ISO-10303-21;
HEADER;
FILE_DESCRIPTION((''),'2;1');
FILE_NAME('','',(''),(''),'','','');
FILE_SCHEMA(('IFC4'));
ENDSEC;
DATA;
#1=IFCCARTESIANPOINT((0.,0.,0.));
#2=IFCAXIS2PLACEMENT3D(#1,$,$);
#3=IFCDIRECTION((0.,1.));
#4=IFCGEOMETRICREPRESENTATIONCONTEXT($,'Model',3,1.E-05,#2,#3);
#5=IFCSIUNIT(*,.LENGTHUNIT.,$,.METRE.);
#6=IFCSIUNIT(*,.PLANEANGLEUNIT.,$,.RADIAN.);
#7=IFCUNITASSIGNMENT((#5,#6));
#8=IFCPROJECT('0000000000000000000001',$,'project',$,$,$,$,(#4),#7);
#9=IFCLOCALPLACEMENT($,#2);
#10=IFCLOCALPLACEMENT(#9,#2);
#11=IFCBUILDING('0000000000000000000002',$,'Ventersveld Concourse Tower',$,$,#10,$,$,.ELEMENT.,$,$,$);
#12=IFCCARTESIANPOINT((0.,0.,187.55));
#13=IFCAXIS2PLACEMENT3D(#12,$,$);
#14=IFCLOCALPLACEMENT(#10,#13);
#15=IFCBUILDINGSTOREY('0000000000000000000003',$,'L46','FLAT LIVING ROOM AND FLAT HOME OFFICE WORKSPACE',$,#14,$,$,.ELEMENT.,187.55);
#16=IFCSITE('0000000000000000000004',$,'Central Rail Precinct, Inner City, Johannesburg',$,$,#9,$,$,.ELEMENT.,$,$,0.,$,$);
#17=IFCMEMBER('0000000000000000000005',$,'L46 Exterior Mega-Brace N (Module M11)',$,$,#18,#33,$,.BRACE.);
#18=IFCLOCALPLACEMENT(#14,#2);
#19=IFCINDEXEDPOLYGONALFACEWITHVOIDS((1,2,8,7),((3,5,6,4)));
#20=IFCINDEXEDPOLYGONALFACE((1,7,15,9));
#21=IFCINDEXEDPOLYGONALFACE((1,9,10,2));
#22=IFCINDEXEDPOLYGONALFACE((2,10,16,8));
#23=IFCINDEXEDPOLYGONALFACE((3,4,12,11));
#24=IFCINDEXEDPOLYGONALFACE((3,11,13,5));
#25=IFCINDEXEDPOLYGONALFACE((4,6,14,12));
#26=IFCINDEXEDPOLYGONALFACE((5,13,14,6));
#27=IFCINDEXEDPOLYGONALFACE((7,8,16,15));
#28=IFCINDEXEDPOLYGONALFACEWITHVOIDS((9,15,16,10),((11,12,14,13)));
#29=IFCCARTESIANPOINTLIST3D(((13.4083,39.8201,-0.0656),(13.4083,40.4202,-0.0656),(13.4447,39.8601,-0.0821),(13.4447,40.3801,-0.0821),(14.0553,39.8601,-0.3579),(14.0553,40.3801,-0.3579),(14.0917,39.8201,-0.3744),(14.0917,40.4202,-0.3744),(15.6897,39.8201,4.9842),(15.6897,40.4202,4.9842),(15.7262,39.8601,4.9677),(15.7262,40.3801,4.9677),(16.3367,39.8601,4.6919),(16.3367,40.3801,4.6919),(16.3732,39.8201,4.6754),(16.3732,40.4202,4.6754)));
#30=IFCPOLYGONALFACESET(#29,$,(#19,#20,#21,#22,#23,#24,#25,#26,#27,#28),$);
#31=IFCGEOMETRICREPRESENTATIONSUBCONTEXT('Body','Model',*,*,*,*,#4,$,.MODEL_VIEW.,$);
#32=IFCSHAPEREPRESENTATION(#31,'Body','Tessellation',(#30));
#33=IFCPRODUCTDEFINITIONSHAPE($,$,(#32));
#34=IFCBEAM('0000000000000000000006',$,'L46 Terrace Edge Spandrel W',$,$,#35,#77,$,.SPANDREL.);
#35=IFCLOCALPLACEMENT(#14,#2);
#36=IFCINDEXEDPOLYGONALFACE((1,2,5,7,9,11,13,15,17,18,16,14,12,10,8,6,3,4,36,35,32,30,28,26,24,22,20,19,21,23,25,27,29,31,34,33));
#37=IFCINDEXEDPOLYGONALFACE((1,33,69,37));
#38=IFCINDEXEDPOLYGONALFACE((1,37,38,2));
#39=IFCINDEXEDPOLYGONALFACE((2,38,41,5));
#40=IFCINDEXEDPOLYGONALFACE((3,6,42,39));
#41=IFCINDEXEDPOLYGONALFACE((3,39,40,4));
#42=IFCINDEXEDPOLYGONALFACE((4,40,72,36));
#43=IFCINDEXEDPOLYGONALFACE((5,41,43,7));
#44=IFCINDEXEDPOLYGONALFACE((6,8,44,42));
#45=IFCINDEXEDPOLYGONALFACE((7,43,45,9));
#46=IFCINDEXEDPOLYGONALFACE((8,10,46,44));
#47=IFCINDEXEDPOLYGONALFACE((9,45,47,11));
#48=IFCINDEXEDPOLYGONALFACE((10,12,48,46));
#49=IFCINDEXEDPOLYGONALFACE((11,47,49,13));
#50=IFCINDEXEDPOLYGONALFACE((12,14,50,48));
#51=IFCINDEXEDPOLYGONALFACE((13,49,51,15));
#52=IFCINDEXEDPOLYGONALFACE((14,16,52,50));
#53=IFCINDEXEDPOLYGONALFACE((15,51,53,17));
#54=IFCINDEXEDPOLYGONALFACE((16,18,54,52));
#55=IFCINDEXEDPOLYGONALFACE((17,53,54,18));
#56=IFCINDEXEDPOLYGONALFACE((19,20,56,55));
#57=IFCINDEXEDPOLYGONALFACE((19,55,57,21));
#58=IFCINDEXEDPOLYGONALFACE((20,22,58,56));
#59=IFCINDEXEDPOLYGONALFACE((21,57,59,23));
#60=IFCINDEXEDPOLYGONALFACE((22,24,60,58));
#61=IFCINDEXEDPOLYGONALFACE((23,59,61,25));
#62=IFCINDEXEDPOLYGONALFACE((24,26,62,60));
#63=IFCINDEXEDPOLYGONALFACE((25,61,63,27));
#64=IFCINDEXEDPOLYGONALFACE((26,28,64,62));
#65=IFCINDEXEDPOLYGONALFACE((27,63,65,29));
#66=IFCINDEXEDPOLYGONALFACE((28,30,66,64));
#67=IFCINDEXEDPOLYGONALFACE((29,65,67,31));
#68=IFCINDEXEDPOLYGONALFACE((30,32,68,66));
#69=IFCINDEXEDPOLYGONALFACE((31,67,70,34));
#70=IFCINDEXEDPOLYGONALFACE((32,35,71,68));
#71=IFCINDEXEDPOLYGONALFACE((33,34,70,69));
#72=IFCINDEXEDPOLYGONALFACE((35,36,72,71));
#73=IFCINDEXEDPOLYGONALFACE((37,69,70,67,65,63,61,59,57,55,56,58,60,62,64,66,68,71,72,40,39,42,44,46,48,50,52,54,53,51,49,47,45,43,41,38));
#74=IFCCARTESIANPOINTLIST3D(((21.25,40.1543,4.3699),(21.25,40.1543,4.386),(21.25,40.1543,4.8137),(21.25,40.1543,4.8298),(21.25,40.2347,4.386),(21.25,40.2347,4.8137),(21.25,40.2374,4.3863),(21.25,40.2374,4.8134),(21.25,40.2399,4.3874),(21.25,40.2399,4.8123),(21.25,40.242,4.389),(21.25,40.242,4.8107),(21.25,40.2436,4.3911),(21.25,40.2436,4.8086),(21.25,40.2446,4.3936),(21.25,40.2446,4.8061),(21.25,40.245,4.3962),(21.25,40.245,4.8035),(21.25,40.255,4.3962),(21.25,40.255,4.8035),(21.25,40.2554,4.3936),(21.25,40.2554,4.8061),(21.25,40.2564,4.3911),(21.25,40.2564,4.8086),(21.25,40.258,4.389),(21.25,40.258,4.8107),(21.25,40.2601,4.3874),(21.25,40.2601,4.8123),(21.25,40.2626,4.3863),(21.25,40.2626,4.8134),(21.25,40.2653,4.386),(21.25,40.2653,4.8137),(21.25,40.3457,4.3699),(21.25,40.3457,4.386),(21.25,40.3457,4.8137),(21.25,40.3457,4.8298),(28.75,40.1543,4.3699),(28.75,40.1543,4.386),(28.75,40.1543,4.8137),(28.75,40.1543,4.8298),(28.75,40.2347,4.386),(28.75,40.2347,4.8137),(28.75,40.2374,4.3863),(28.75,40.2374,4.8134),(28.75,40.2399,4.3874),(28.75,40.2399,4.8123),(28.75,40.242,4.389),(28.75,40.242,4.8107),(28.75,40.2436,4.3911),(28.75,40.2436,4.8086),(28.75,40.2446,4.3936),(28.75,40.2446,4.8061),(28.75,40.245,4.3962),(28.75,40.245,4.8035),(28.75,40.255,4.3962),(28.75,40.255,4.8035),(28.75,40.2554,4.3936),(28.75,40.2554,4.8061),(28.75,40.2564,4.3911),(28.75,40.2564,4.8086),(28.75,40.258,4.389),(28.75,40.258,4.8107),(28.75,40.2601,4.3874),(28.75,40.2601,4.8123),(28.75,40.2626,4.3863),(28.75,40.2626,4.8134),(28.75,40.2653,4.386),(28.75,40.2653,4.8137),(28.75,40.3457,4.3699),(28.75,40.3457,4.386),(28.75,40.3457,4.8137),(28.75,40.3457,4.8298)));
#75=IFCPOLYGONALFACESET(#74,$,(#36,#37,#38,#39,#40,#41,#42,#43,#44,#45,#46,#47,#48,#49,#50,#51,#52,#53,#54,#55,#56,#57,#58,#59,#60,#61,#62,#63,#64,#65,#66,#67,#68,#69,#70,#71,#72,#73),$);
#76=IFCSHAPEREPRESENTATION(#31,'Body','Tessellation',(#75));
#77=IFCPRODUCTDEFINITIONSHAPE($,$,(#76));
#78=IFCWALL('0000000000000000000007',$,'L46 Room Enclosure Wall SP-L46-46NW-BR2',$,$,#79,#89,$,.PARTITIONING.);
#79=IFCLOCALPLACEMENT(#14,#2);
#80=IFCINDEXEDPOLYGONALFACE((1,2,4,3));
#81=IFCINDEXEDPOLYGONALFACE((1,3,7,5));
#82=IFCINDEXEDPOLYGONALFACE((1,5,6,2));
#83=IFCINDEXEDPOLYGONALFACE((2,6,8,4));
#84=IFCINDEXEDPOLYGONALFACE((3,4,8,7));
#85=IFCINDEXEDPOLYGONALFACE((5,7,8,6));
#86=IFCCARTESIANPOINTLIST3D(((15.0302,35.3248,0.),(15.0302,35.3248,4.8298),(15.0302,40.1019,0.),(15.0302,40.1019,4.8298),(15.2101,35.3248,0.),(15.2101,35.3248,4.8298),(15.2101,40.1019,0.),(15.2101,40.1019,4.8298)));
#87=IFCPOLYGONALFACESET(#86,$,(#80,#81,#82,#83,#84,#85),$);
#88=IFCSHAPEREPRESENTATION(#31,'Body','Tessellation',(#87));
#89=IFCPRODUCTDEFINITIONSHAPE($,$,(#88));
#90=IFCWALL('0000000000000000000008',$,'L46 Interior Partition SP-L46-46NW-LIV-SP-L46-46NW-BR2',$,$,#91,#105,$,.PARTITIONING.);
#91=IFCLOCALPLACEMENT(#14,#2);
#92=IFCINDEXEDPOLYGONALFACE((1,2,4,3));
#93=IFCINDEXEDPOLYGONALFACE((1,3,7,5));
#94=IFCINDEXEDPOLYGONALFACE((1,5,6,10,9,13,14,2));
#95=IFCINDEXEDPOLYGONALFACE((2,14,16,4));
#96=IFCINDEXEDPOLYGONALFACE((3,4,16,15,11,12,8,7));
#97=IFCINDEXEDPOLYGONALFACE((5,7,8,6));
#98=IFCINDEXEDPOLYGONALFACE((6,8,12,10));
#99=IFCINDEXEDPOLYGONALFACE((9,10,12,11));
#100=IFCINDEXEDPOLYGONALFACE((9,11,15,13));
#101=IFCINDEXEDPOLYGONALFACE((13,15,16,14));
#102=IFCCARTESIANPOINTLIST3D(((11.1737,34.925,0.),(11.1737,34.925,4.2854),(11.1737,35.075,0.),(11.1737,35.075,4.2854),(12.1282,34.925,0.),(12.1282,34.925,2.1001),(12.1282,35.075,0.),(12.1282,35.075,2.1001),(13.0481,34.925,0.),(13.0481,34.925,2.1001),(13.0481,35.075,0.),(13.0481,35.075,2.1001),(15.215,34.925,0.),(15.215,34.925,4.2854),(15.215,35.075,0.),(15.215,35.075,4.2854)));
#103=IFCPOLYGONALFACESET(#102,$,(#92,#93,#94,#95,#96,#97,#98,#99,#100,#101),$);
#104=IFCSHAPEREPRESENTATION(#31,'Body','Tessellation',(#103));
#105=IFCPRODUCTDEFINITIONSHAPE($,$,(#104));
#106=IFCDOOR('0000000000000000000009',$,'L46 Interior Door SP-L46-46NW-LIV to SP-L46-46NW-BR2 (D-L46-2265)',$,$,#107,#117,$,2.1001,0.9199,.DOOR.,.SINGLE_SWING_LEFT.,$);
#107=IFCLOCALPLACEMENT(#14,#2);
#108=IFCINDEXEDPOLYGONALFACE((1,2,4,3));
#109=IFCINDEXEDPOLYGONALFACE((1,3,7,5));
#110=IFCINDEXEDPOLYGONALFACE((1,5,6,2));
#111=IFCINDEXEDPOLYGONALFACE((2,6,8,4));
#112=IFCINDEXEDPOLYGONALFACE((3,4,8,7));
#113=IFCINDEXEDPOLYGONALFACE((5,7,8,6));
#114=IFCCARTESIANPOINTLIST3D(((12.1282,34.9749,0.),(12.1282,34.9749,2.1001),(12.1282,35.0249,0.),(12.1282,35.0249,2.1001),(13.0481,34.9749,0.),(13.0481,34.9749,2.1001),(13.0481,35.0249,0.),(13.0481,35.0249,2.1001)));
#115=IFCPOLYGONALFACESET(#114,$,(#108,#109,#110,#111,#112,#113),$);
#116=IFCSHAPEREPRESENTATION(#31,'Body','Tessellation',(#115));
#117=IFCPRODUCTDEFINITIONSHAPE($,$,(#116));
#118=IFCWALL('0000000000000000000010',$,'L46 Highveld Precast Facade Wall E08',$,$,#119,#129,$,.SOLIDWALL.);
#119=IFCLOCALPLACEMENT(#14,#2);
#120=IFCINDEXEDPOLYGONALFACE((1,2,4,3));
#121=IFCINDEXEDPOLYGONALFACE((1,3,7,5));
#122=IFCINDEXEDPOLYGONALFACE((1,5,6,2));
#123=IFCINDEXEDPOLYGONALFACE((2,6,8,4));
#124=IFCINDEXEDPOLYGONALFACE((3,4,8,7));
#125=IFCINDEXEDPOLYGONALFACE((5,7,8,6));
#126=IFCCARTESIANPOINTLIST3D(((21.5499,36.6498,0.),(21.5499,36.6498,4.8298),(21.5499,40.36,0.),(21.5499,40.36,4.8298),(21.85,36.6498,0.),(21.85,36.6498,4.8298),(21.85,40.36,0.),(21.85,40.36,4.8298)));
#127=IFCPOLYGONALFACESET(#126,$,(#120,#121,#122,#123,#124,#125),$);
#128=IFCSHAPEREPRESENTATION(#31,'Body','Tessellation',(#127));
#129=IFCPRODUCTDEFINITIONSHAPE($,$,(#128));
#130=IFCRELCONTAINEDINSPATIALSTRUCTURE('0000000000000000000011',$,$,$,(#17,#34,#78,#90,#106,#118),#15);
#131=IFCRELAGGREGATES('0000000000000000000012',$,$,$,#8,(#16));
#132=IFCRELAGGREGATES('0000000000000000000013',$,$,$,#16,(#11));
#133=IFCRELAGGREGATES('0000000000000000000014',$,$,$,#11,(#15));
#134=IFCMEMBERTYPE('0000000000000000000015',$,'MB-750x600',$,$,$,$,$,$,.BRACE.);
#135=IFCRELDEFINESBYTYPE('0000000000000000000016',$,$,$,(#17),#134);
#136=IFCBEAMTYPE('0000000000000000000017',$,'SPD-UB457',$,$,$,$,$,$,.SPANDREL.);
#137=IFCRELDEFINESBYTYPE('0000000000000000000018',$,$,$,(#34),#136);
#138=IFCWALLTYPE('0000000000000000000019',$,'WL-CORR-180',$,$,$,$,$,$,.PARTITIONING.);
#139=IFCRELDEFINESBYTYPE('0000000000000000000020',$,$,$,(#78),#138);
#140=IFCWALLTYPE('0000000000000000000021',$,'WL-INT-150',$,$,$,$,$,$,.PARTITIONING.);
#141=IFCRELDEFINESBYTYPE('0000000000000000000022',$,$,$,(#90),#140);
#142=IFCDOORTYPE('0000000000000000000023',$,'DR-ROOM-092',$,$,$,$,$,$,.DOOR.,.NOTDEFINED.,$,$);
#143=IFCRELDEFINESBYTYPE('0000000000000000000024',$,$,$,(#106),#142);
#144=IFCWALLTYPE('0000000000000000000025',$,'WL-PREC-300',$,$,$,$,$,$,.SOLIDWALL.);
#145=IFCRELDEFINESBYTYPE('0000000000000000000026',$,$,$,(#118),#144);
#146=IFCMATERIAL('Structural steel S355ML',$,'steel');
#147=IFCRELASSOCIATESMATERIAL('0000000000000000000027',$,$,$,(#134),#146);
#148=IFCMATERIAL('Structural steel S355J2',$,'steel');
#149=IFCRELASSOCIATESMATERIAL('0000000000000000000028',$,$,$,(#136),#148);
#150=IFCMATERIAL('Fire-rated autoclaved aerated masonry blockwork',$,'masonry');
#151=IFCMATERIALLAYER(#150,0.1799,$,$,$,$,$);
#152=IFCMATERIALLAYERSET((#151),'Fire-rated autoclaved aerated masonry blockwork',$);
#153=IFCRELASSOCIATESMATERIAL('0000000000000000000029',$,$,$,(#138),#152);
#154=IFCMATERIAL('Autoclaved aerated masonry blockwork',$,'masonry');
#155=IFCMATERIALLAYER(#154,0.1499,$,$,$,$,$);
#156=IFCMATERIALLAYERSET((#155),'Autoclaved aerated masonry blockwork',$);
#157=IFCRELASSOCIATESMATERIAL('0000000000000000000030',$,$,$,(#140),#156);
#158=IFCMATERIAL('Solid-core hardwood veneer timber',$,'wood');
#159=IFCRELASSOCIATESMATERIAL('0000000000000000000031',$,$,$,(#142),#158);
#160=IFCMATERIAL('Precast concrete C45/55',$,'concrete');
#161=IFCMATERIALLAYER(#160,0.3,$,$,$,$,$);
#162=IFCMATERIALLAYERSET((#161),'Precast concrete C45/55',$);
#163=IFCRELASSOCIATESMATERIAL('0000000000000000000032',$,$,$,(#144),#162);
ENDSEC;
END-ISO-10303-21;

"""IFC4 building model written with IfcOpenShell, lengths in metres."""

from ifc_helpers import new_model, si_unit, direction, frame, frame_2d, origin, origin_2d, place, context, subcontext, project, spatial, rectangle, hollow_rectangle, i_section, extrude, material, layer, layer_set, material_profile, profile_set, type_object, element, fill, save


model = new_model("IFC4")

# Units and contexts
model_context = context("Model", 3, precision=1e-05, world=origin(), true_north=direction((0.0, 1.0)))
body_context = subcontext(model_context, "Body", "Model", "MODEL_VIEW")
ifc_project = project(units=[si_unit("LENGTHUNIT", "METRE"), si_unit("PLANEANGLEUNIT", "RADIAN")], contexts=[model_context])

# Site, building, storey
site_placement = place(None, origin())
site = spatial("IfcSite", under=ifc_project, at=site_placement, Name="Central Rail Precinct, Inner City, Johannesburg", CompositionType="ELEMENT", RefElevation=0.0)
building_placement = place(site_placement, origin())
building = spatial("IfcBuilding", under=site, at=building_placement, Name="Ventersveld Concourse Tower", CompositionType="ELEMENT")
storey_placement = place(building_placement, frame((0.0, 0.0, 187.55)))
storey = spatial("IfcBuildingStorey", under=building, at=storey_placement, Name="L46", Description="FLAT LIVING ROOM AND FLAT HOME OFFICE WORKSPACE", CompositionType="ELEMENT", Elevation=187.55)

# Shared definitions
ifc_material_1 = material(Name="Structural steel S355J2", Category="steel")

# Member
ifc_material_2 = material(Name="Structural steel S355ML", Category="steel")
ifc_material_profile_1 = material_profile(ifc_material_2, hollow_rectangle(XDim=0.6001, YDim=0.75, WallThickness=0.04, at=origin_2d()), Name="BOX 750x600x40")
ifc_profile_set_1 = profile_set([ifc_material_profile_1], Name="Structural steel S355ML")
member_type = type_object("IfcMemberType", Name="MB-750x600", PredefinedType="BRACE", material=ifc_profile_set_1)
member_placement = place(storey_placement, frame((13.75, 40.1201, -0.22), z_axis=(0.411727, 0.0, 0.911307), x_axis=(0.0, 1.0, 0.0)))
element("IfcMember", 1, at=member_placement, inside=storey, type_object=member_type, Name="L46 Exterior Mega-Brace N (Module M11)", PredefinedType="BRACE", context=body_context, shape_type="SweptSolid", body=[
    extrude(hollow_rectangle(XDim=0.6001, YDim=0.75, WallThickness=0.04, at=origin_2d()), origin(), (0.0, 0.0, 1.0), 5.5413),
])

# Beam
ifc_material_profile_2 = material_profile(ifc_material_1, i_section(OverallWidth=0.1914, OverallDepth=0.46, WebThickness=0.01, FlangeThickness=0.0161, FilletRadius=0.0103, at=origin_2d()), Name="UB 457x191x82")
ifc_profile_set_2 = profile_set([ifc_material_profile_2], Name="Structural steel S355J2")
beam_type_1 = type_object("IfcBeamType", Name="SPD-UB457", PredefinedType="SPANDREL", material=ifc_profile_set_2)
beam_1_placement = place(storey_placement, frame((21.25, 40.25, 4.5999), z_axis=(1.0, 0.0, 0.0), x_axis=(0.0, 1.0, 0.0)))
element("IfcBeam", 2, at=beam_1_placement, inside=storey, type_object=beam_type_1, Name="L46 Terrace Edge Spandrel W", PredefinedType="SPANDREL", context=body_context, shape_type="SweptSolid", body=[
    extrude(i_section(OverallWidth=0.1914, OverallDepth=0.46, WebThickness=0.01, FlangeThickness=0.0161, FilletRadius=0.0103, at=origin_2d()), origin(), (0.0, 0.0, 1.0), 7.5),
])

# Wall
ifc_material_3 = material(Name="Fire-rated autoclaved aerated masonry blockwork", Category="masonry")
ifc_layer_1 = layer(ifc_material_3, 0.1799)
ifc_layer_set_1 = layer_set([ifc_layer_1], Name="Fire-rated autoclaved aerated masonry blockwork")
wall_type_1 = type_object("IfcWallType", Name="WL-CORR-180", PredefinedType="PARTITIONING", material=ifc_layer_set_1)
wall_1_placement = place(storey_placement, frame((15.1201, 40.1021, 0.0), z_axis=(0.0, 0.0, 1.0), x_axis=(0.0, -1.0, 0.0)))
element("IfcWall", 3, at=wall_1_placement, inside=storey, type_object=wall_type_1, Name="L46 Room Enclosure Wall SP-L46-46NW-BR2", PredefinedType="PARTITIONING", context=body_context, shape_type="SweptSolid", body=[
    extrude(rectangle(XDim=4.7771, YDim=0.1799, at=frame_2d((2.3887, 0.0))), origin(), (0.0, 0.0, 1.0), 4.8298),
])

# Wall, opening, door
ifc_material_4 = material(Name="Autoclaved aerated masonry blockwork", Category="masonry")
ifc_layer_2 = layer(ifc_material_4, 0.1499)
ifc_layer_set_2 = layer_set([ifc_layer_2], Name="Autoclaved aerated masonry blockwork")
wall_type_2 = type_object("IfcWallType", Name="WL-INT-150", PredefinedType="PARTITIONING", material=ifc_layer_set_2)
wall_2_placement = place(storey_placement, frame((11.1738, 35.0, 0.0), z_axis=(0.0, 0.0, 1.0), x_axis=(1.0, 0.0, 0.0)))
wall_2 = element("IfcWall", 4, at=wall_2_placement, inside=storey, type_object=wall_type_2, Name="L46 Interior Partition SP-L46-46NW-LIV-SP-L46-46NW-BR2", PredefinedType="PARTITIONING", context=body_context, shape_type="SweptSolid", body=[
    extrude(rectangle(XDim=4.0413, YDim=0.1499, at=frame_2d((2.0205, 0.0))), origin(), (0.0, 0.0, 1.0), 4.2854),
])
opening_1_placement = place(wall_2_placement, frame((0.9543, 0.0, 0.0)))
opening_1 = element("IfcOpeningElement", 5, at=opening_1_placement, cuts=wall_2, PredefinedType="OPENING", context=body_context, shape_type="SweptSolid", body=[
    extrude(rectangle(XDim=0.9199, YDim=2.1001, at=frame_2d((0.46, 1.05))), frame((0.0, 0.085, 0.0), z_axis=(0.0, -1.0, 0.0), x_axis=(1.0, 0.0, 0.0)), (0.0, 0.0, 1.0), 0.1699),
])
ifc_material_5 = material(Name="Solid-core hardwood veneer timber", Category="wood")
door_type = type_object("IfcDoorType", Name="DR-ROOM-092", OperationType="NOTDEFINED", PredefinedType="DOOR", material=ifc_material_5)
door_placement = place(opening_1_placement, origin())
door = element("IfcDoor", 6, at=door_placement, inside=storey, type_object=door_type, Name="L46 Interior Door SP-L46-46NW-LIV to SP-L46-46NW-BR2 (D-L46-2265)", OperationType="SINGLE_SWING_LEFT", OverallHeight=2.1001, OverallWidth=0.9199, PredefinedType="DOOR", context=body_context, shape_type="SweptSolid", body=[
    extrude(rectangle(XDim=0.9199, YDim=2.1001, at=frame_2d((0.46, 1.05))), frame((0.0, 0.0249, 0.0), z_axis=(0.0, -1.0, 0.0), x_axis=(1.0, 0.0, 0.0)), (0.0, 0.0, 1.0), 0.05),
])
fill(opening_1, door)

# Wall
ifc_material_6 = material(Name="Precast concrete C45/55", Category="concrete")
ifc_layer_3 = layer(ifc_material_6, 0.3)
ifc_layer_set_3 = layer_set([ifc_layer_3], Name="Precast concrete C45/55")
wall_type_3 = type_object("IfcWallType", Name="WL-PREC-300", PredefinedType="SOLIDWALL", material=ifc_layer_set_3)
wall_3_placement = place(storey_placement, frame((21.7, 36.6499, 0.0), z_axis=(0.0, 0.0, 1.0), x_axis=(0.0, 1.0, 0.0)))
element("IfcWall", 7, at=wall_3_placement, inside=storey, type_object=wall_type_3, Name="L46 Highveld Precast Facade Wall E08", PredefinedType="SOLIDWALL", context=body_context, shape_type="SweptSolid", body=[
    extrude(rectangle(XDim=3.7102, YDim=0.3, at=frame_2d((1.855, 0.0))), origin(), (0.0, 0.0, 1.0), 4.8298),
])

save(model, "model.ifc")
